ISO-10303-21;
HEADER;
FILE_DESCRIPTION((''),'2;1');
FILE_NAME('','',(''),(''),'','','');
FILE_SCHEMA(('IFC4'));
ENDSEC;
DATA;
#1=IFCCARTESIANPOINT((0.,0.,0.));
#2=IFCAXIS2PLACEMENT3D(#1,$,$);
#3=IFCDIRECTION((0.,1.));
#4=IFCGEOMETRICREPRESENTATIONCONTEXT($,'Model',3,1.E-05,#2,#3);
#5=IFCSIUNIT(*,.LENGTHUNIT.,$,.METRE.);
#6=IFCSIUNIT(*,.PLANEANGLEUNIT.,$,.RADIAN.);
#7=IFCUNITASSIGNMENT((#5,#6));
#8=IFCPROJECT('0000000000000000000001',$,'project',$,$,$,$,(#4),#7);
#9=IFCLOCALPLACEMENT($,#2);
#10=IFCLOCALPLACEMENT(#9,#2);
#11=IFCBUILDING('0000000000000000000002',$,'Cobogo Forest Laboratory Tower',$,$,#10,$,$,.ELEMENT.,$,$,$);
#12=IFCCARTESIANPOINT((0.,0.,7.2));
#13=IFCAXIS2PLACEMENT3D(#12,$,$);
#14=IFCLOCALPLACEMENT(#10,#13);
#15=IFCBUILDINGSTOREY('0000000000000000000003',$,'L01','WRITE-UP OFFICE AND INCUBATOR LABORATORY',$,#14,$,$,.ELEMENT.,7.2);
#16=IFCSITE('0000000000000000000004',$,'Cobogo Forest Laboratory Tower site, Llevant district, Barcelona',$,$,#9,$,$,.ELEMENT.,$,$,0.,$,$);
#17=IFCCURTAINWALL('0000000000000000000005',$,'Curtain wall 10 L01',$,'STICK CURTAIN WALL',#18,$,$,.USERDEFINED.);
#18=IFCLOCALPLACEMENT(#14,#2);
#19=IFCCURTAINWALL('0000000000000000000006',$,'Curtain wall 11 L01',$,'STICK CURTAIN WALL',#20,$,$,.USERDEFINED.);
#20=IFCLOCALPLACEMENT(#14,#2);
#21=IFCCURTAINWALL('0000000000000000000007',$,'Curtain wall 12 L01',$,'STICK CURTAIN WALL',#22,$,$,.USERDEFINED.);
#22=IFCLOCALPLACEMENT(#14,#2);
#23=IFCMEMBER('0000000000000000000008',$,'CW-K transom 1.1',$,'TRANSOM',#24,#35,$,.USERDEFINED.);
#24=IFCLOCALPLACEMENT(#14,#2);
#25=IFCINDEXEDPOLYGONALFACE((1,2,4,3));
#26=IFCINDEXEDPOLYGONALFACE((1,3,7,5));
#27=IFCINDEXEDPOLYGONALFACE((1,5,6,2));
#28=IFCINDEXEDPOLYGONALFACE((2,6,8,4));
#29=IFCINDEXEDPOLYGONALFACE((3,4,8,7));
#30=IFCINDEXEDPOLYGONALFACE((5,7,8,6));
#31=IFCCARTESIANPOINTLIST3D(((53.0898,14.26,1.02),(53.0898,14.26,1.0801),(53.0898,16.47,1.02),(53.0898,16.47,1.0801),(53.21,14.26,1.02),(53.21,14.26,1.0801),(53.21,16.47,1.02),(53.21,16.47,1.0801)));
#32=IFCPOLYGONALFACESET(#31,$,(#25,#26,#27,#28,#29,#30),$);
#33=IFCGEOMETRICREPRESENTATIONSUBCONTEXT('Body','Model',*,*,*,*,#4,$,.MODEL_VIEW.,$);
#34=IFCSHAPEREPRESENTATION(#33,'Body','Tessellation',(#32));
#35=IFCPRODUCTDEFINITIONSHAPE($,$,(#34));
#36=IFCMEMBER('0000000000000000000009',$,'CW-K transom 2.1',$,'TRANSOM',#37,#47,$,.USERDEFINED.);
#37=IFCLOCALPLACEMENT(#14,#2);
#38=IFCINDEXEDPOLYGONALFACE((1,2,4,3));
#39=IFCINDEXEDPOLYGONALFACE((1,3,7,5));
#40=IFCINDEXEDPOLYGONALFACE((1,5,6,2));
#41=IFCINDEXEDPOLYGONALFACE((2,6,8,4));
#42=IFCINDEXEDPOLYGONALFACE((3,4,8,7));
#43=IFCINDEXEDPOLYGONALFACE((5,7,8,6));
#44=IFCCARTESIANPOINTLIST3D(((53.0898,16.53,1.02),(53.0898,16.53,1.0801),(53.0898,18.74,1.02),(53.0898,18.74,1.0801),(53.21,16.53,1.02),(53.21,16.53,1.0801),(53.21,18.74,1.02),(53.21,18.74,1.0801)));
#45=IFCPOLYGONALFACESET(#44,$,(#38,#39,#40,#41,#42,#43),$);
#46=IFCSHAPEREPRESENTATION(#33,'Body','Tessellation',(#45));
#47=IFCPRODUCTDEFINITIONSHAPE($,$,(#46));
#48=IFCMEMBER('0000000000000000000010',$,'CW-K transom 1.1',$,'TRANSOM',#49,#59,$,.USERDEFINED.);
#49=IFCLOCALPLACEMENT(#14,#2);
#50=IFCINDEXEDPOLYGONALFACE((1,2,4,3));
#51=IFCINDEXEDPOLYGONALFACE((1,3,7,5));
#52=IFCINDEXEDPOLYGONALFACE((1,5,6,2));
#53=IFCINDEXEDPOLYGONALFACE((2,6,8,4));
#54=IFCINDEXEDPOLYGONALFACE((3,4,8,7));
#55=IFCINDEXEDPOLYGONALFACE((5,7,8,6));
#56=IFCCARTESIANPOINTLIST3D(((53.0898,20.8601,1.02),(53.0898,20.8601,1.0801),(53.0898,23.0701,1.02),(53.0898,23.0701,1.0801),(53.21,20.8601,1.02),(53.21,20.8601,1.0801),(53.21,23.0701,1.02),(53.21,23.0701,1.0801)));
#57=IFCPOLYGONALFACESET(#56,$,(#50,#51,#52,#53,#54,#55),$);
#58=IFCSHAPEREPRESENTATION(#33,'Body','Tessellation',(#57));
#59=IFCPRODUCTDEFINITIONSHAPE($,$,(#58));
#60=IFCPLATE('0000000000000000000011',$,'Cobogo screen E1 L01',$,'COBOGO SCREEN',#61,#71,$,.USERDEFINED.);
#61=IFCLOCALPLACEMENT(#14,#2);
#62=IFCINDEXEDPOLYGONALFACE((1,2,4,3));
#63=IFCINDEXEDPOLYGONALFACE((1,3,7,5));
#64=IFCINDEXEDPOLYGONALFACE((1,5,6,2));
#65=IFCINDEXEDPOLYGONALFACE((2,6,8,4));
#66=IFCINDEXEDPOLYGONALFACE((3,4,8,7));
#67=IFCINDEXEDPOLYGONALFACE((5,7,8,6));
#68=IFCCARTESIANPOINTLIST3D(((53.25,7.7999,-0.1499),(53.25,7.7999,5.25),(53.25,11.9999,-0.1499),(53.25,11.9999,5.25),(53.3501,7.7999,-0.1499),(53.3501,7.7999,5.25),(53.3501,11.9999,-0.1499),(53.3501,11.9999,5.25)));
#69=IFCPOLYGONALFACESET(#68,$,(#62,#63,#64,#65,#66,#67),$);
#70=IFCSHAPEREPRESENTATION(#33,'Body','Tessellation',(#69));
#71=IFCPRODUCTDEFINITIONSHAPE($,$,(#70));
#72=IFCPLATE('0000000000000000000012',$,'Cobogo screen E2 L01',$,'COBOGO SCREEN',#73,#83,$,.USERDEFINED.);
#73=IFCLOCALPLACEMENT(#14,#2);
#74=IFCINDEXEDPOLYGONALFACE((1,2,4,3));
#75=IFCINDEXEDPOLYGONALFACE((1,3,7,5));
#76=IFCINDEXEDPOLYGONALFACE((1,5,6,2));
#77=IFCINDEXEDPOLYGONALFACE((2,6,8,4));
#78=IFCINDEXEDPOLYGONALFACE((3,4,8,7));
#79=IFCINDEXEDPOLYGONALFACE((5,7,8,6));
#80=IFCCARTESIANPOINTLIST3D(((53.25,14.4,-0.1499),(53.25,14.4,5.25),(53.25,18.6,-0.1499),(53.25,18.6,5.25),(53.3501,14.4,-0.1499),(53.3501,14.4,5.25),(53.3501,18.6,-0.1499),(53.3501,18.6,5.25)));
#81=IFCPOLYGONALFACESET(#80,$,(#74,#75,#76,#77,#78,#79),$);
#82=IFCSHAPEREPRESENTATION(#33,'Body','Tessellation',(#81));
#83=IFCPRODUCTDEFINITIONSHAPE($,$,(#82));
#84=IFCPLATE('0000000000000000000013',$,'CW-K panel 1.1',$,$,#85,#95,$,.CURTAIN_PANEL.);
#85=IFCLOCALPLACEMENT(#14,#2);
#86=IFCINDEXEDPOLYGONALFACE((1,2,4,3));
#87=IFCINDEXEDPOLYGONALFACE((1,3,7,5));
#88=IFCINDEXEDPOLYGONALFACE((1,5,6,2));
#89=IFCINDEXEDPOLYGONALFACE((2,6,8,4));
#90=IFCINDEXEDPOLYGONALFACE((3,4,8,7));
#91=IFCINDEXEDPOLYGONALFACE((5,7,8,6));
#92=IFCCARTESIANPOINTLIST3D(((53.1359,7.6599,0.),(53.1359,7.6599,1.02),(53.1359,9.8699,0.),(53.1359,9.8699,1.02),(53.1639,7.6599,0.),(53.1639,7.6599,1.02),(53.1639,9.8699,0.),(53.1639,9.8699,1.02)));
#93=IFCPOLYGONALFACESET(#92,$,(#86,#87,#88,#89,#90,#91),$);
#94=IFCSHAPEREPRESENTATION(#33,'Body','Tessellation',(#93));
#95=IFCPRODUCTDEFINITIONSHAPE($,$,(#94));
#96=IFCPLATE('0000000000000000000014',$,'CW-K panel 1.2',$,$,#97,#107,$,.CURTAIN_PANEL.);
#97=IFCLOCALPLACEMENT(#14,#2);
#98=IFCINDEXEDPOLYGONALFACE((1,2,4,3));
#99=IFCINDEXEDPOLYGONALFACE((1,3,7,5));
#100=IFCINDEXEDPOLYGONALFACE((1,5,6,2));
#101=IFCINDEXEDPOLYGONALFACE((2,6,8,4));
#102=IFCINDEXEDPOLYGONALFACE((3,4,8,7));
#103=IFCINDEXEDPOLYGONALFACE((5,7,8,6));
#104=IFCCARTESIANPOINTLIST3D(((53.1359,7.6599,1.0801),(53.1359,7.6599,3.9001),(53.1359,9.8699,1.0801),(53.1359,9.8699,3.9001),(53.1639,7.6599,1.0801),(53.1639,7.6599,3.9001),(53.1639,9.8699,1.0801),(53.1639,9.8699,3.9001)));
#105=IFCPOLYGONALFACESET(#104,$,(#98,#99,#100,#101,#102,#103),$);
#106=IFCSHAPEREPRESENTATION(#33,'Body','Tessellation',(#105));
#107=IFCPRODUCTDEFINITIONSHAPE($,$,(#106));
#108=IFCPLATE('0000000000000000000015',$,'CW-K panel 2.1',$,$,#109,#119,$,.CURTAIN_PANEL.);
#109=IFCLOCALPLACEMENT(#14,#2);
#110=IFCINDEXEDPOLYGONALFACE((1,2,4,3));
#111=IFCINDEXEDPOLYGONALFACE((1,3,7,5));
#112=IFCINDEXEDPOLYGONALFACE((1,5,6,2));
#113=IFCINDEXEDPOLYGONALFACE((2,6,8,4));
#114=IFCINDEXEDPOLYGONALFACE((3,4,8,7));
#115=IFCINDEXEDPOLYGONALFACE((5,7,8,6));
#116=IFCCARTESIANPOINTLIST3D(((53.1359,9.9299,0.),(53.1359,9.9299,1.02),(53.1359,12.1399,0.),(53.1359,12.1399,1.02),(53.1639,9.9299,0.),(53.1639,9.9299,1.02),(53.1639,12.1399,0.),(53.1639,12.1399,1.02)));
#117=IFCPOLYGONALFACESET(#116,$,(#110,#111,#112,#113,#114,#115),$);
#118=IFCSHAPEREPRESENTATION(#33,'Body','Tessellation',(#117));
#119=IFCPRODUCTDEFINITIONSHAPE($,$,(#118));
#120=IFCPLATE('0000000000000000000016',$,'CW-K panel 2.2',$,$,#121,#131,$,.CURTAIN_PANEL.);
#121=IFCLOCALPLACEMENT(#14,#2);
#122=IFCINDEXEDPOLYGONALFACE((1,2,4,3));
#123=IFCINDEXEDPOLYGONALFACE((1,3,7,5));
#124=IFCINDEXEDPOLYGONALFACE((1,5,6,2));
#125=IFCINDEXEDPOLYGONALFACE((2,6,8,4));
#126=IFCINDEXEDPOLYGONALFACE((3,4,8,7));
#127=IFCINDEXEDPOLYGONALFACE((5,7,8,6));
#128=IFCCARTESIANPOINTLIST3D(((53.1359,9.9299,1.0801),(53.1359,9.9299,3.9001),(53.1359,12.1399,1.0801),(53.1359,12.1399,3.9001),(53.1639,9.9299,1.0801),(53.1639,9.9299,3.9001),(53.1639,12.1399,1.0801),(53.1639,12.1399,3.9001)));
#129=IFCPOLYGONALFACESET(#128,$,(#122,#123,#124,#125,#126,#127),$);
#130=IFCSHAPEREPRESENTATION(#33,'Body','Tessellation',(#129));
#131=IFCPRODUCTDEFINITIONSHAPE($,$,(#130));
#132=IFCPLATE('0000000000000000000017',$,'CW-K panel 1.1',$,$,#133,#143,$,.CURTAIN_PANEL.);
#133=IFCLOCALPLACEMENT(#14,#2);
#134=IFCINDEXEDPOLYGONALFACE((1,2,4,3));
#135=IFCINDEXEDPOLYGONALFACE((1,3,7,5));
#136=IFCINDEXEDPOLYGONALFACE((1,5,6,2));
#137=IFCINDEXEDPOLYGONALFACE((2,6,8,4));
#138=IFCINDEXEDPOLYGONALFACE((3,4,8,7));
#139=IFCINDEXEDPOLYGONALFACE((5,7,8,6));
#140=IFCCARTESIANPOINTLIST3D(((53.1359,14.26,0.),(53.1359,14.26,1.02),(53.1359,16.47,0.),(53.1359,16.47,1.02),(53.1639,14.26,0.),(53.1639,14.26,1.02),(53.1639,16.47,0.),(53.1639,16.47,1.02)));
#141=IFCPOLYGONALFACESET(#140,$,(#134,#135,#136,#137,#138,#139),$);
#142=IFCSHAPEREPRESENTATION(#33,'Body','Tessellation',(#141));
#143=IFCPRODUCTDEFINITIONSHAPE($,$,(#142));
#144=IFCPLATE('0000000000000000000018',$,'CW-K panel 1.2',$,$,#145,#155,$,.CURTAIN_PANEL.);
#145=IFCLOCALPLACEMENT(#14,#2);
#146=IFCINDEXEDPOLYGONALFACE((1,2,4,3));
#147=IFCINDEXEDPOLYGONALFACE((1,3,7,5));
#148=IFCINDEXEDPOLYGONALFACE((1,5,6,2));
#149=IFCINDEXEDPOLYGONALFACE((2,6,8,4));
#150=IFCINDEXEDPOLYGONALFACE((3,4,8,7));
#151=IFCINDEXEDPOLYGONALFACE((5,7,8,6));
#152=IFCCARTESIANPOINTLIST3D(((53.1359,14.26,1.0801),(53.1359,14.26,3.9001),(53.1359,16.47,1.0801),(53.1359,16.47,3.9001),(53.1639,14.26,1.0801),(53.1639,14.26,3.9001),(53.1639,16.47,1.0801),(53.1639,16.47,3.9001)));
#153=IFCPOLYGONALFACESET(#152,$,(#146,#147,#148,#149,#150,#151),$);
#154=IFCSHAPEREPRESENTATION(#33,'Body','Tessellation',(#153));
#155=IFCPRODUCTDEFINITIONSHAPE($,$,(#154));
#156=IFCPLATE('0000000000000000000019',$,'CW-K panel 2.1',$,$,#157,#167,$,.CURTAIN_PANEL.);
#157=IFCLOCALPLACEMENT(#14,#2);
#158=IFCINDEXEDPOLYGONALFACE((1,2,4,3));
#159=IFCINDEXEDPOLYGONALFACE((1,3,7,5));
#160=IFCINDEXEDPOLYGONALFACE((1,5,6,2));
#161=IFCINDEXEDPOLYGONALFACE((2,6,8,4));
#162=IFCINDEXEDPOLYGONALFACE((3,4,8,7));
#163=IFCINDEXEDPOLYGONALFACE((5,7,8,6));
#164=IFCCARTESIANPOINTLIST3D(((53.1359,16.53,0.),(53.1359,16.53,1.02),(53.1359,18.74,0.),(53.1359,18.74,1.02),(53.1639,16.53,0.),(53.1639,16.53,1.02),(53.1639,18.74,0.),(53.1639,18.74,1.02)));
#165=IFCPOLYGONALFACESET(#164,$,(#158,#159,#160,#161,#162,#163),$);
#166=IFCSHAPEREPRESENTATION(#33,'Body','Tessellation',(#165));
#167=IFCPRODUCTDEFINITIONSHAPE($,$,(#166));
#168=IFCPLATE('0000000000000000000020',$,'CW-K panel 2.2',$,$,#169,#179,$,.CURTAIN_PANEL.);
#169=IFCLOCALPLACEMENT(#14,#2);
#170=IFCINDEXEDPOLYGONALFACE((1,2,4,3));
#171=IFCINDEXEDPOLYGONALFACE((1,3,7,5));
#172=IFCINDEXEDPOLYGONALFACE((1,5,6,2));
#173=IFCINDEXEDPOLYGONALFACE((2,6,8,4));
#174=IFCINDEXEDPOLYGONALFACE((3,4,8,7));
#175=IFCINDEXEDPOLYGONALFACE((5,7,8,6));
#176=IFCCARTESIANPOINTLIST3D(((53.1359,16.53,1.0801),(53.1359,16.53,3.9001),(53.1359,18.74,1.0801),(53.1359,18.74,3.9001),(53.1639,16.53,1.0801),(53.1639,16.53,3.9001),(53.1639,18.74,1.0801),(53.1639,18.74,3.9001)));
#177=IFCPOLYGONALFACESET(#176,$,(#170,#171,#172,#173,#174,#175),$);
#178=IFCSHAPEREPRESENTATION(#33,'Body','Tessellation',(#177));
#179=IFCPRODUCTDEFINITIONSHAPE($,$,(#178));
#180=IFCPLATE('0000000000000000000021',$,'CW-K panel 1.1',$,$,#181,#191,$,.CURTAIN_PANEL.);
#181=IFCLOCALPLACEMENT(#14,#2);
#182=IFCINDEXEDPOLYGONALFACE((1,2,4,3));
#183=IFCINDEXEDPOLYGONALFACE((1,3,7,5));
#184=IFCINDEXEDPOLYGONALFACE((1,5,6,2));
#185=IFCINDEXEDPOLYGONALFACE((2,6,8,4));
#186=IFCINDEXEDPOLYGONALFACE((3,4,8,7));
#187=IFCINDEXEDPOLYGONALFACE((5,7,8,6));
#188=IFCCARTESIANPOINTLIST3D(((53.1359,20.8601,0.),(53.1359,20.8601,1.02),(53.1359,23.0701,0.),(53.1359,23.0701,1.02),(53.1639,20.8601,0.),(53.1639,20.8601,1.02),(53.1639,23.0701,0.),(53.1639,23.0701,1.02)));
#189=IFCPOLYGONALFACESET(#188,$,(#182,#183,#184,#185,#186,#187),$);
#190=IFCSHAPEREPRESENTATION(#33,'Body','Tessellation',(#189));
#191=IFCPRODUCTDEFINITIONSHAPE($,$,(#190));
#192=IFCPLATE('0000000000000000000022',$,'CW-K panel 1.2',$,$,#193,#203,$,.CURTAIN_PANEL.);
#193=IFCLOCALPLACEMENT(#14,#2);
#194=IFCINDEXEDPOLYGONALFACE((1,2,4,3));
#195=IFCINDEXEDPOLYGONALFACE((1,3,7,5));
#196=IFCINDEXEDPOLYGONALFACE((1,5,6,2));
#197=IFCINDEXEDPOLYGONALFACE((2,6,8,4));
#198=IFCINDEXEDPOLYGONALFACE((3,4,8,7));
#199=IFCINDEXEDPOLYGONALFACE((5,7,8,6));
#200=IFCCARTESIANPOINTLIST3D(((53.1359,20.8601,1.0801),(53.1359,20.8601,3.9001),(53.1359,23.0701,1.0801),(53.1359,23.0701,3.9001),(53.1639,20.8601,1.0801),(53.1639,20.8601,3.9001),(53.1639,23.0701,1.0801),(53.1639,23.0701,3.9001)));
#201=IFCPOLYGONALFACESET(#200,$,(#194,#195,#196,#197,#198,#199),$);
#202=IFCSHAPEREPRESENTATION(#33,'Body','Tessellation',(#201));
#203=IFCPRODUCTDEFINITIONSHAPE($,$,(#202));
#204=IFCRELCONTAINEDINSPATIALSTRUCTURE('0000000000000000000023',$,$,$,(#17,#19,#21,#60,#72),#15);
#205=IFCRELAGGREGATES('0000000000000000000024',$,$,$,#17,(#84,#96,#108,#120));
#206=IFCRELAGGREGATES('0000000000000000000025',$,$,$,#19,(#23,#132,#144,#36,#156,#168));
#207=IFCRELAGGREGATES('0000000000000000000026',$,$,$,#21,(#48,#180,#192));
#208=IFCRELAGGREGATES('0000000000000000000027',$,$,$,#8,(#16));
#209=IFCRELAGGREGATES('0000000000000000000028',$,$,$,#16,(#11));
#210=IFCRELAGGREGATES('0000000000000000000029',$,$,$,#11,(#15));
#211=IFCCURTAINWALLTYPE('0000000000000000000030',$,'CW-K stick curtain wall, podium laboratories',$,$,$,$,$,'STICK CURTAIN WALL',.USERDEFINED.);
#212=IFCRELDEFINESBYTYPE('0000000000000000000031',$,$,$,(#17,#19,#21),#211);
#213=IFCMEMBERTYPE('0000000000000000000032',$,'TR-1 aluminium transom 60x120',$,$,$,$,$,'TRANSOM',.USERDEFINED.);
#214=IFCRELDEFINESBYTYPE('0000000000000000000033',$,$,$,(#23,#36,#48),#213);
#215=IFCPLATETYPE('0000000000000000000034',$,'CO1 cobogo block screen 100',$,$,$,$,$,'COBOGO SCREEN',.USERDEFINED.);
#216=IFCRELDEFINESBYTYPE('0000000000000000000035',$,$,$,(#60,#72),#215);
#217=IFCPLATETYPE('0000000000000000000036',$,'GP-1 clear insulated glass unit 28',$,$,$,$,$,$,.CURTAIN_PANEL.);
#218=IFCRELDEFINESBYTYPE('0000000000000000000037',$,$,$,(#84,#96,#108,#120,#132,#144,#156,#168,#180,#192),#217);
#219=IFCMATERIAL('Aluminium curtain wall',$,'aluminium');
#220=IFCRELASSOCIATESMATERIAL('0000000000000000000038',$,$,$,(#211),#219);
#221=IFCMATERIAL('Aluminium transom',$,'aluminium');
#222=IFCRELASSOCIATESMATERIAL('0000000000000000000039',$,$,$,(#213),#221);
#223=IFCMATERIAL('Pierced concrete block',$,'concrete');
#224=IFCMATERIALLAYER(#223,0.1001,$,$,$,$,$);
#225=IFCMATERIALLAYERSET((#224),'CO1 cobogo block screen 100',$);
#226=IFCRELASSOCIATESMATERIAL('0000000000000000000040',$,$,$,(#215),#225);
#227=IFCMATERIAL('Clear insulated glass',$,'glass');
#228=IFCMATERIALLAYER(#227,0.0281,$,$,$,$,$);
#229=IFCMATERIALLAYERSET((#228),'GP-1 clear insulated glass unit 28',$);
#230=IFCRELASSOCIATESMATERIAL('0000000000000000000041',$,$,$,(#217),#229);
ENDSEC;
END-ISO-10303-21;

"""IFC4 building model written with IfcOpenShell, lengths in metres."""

from ifc_helpers import new_model, si_unit, direction, frame, origin, origin_2d, place, context, subcontext, project, spatial, rectangle, extrude, material, layer, layer_set, material_profile, profile_set, type_object, element, aggregate, save


model = new_model("IFC4")

# Units and contexts
model_context = context("Model", 3, precision=1e-05, world=origin(), true_north=direction((0.0, 1.0)))
body_context = subcontext(model_context, "Body", "Model", "MODEL_VIEW")
ifc_project = project(units=[si_unit("LENGTHUNIT", "METRE"), si_unit("PLANEANGLEUNIT", "RADIAN")], contexts=[model_context])

# Site, building, storey
site_placement = place(None, origin())
site = spatial("IfcSite", under=ifc_project, at=site_placement, Name="Cobogo Forest Laboratory Tower site, Llevant district, Barcelona", CompositionType="ELEMENT", RefElevation=0.0)
building_placement = place(site_placement, origin())
building = spatial("IfcBuilding", under=site, at=building_placement, Name="Cobogo Forest Laboratory Tower", CompositionType="ELEMENT")
storey_placement = place(building_placement, frame((0.0, 0.0, 7.2)))
storey = spatial("IfcBuildingStorey", under=building, at=storey_placement, Name="L01", Description="WRITE-UP OFFICE AND INCUBATOR LABORATORY", CompositionType="ELEMENT", Elevation=7.2)

# Curtain walls
ifc_material_1 = material(Name="Aluminium curtain wall", Category="aluminium")
curtain_wall_type = type_object("IfcCurtainWallType", Name="CW-K stick curtain wall, podium laboratories", ElementType="STICK CURTAIN WALL", PredefinedType="USERDEFINED", material=ifc_material_1)
curtain_wall_1_placement = place(storey_placement, origin())
curtain_wall_1 = element("IfcCurtainWall", 1, at=curtain_wall_1_placement, inside=storey, type_object=curtain_wall_type, Name="Curtain wall 10 L01", ObjectType="STICK CURTAIN WALL", PredefinedType="USERDEFINED")
curtain_wall_2_placement = place(storey_placement, origin())
curtain_wall_2 = element("IfcCurtainWall", 2, at=curtain_wall_2_placement, inside=storey, type_object=curtain_wall_type, Name="Curtain wall 11 L01", ObjectType="STICK CURTAIN WALL", PredefinedType="USERDEFINED")

# Curtain wall
curtain_wall_3_placement = place(storey_placement, origin())
curtain_wall_3 = element("IfcCurtainWall", 3, at=curtain_wall_3_placement, inside=storey, type_object=curtain_wall_type, Name="Curtain wall 12 L01", ObjectType="STICK CURTAIN WALL", PredefinedType="USERDEFINED")

# Members
ifc_material_2 = material(Name="Aluminium transom", Category="aluminium")
ifc_material_profile_1 = material_profile(ifc_material_2, rectangle(XDim=0.1201, YDim=0.0601, at=origin_2d()), Name="AL 60x120")
ifc_profile_set_1 = profile_set([ifc_material_profile_1], Name="Aluminium transom")
member_type_1 = type_object("IfcMemberType", Name="TR-1 aluminium transom 60x120", ElementType="TRANSOM", PredefinedType="USERDEFINED", material=ifc_profile_set_1)
member_1_placement = place(storey_placement, frame((53.1499, 14.26, 1.05), z_axis=(0.0, 1.0, 0.0), x_axis=(-1.0, 0.0, 0.0)))
member_1 = element("IfcMember", 4, at=member_1_placement, type_object=member_type_1, Name="CW-K transom 1.1", ObjectType="TRANSOM", PredefinedType="USERDEFINED", context=body_context, shape_type="SweptSolid", body=[
    extrude(rectangle(XDim=0.1201, YDim=0.0601, at=origin_2d()), origin(), (0.0, 0.0, 1.0), 2.21),
])
member_2_placement = place(storey_placement, frame((53.1499, 16.53, 1.05), z_axis=(0.0, 1.0, 0.0), x_axis=(-1.0, 0.0, 0.0)))
member_2 = element("IfcMember", 5, at=member_2_placement, type_object=member_type_1, Name="CW-K transom 2.1", ObjectType="TRANSOM", PredefinedType="USERDEFINED", context=body_context, shape_type="SweptSolid", body=[
    extrude(rectangle(XDim=0.1201, YDim=0.0601, at=origin_2d()), origin(), (0.0, 0.0, 1.0), 2.21),
])
member_3_placement = place(storey_placement, frame((53.1499, 20.8601, 1.05), z_axis=(0.0, 1.0, 0.0), x_axis=(-1.0, 0.0, 0.0)))
member_3 = element("IfcMember", 6, at=member_3_placement, type_object=member_type_1, Name="CW-K transom 1.1", ObjectType="TRANSOM", PredefinedType="USERDEFINED", context=body_context, shape_type="SweptSolid", body=[
    extrude(rectangle(XDim=0.1201, YDim=0.0601, at=origin_2d()), origin(), (0.0, 0.0, 1.0), 2.21),
])

# Plates
ifc_material_3 = material(Name="Pierced concrete block", Category="concrete")
ifc_layer_1 = layer(ifc_material_3, 0.1001)
ifc_layer_set_1 = layer_set([ifc_layer_1], Name="CO1 cobogo block screen 100")
plate_type_1 = type_object("IfcPlateType", Name="CO1 cobogo block screen 100", ElementType="COBOGO SCREEN", PredefinedType="USERDEFINED", material=ifc_layer_set_1)
for number, where, z_axis, x_axis, name in (
    (7, (53.3, 9.8999, -0.1499), (0.0, 0.0, 1.0), (0.0, 1.0, 0.0), "Cobogo screen E1 L01"),
    (8, (53.3, 16.5, -0.1499), (0.0, 0.0, 1.0), (0.0, 1.0, 0.0), "Cobogo screen E2 L01"),
):
    element("IfcPlate", number, at=place(storey_placement, frame(where, z_axis=z_axis, x_axis=x_axis)), inside=storey, type_object=plate_type_1, Name=name, ObjectType="COBOGO SCREEN", PredefinedType="USERDEFINED", context=body_context, shape_type="SweptSolid", body=[
        extrude(rectangle(XDim=4.2, YDim=0.1001, at=origin_2d()), origin(), (0.0, 0.0, 1.0), 5.3999),
    ])

# Plates
ifc_material_4 = material(Name="Clear insulated glass", Category="glass")
ifc_layer_2 = layer(ifc_material_4, 0.0281)
ifc_layer_set_2 = layer_set([ifc_layer_2], Name="GP-1 clear insulated glass unit 28")
plate_type_2 = type_object("IfcPlateType", Name="GP-1 clear insulated glass unit 28", PredefinedType="CURTAIN_PANEL", material=ifc_layer_set_2)
plate_1_placement = place(storey_placement, frame((53.1499, 8.7649, 0.0), z_axis=(0.0, 0.0, 1.0), x_axis=(0.0, 1.0, 0.0)))
plate_1 = element("IfcPlate", 9, at=plate_1_placement, type_object=plate_type_2, Name="CW-K panel 1.1", PredefinedType="CURTAIN_PANEL", context=body_context, shape_type="SweptSolid", body=[
    extrude(rectangle(XDim=2.21, YDim=0.0281, at=origin_2d()), origin(), (0.0, 0.0, 1.0), 1.02),
])
plate_2_placement = place(storey_placement, frame((53.1499, 8.7649, 1.0801), z_axis=(0.0, 0.0, 1.0), x_axis=(0.0, 1.0, 0.0)))
plate_2 = element("IfcPlate", 10, at=plate_2_placement, type_object=plate_type_2, Name="CW-K panel 1.2", PredefinedType="CURTAIN_PANEL", context=body_context, shape_type="SweptSolid", body=[
    extrude(rectangle(XDim=2.21, YDim=0.0281, at=origin_2d()), origin(), (0.0, 0.0, 1.0), 2.8201),
])
plate_3_placement = place(storey_placement, frame((53.1499, 11.0349, 0.0), z_axis=(0.0, 0.0, 1.0), x_axis=(0.0, 1.0, 0.0)))
plate_3 = element("IfcPlate", 11, at=plate_3_placement, type_object=plate_type_2, Name="CW-K panel 2.1", PredefinedType="CURTAIN_PANEL", context=body_context, shape_type="SweptSolid", body=[
    extrude(rectangle(XDim=2.21, YDim=0.0281, at=origin_2d()), origin(), (0.0, 0.0, 1.0), 1.02),
])
plate_4_placement = place(storey_placement, frame((53.1499, 11.0349, 1.0801), z_axis=(0.0, 0.0, 1.0), x_axis=(0.0, 1.0, 0.0)))
plate_4 = element("IfcPlate", 12, at=plate_4_placement, type_object=plate_type_2, Name="CW-K panel 2.2", PredefinedType="CURTAIN_PANEL", context=body_context, shape_type="SweptSolid", body=[
    extrude(rectangle(XDim=2.21, YDim=0.0281, at=origin_2d()), origin(), (0.0, 0.0, 1.0), 2.8201),
])
aggregate(curtain_wall_1, [plate_1, plate_2, plate_3, plate_4])
plate_5_placement = place(storey_placement, frame((53.1499, 15.365, 0.0), z_axis=(0.0, 0.0, 1.0), x_axis=(0.0, 1.0, 0.0)))
plate_5 = element("IfcPlate", 13, at=plate_5_placement, type_object=plate_type_2, Name="CW-K panel 1.1", PredefinedType="CURTAIN_PANEL", context=body_context, shape_type="SweptSolid", body=[
    extrude(rectangle(XDim=2.21, YDim=0.0281, at=origin_2d()), origin(), (0.0, 0.0, 1.0), 1.02),
])
plate_6_placement = place(storey_placement, frame((53.1499, 15.365, 1.0801), z_axis=(0.0, 0.0, 1.0), x_axis=(0.0, 1.0, 0.0)))
plate_6 = element("IfcPlate", 14, at=plate_6_placement, type_object=plate_type_2, Name="CW-K panel 1.2", PredefinedType="CURTAIN_PANEL", context=body_context, shape_type="SweptSolid", body=[
    extrude(rectangle(XDim=2.21, YDim=0.0281, at=origin_2d()), origin(), (0.0, 0.0, 1.0), 2.8201),
])
plate_7_placement = place(storey_placement, frame((53.1499, 17.635, 0.0), z_axis=(0.0, 0.0, 1.0), x_axis=(0.0, 1.0, 0.0)))
plate_7 = element("IfcPlate", 15, at=plate_7_placement, type_object=plate_type_2, Name="CW-K panel 2.1", PredefinedType="CURTAIN_PANEL", context=body_context, shape_type="SweptSolid", body=[
    extrude(rectangle(XDim=2.21, YDim=0.0281, at=origin_2d()), origin(), (0.0, 0.0, 1.0), 1.02),
])
plate_8_placement = place(storey_placement, frame((53.1499, 17.635, 1.0801), z_axis=(0.0, 0.0, 1.0), x_axis=(0.0, 1.0, 0.0)))
plate_8 = element("IfcPlate", 16, at=plate_8_placement, type_object=plate_type_2, Name="CW-K panel 2.2", PredefinedType="CURTAIN_PANEL", context=body_context, shape_type="SweptSolid", body=[
    extrude(rectangle(XDim=2.21, YDim=0.0281, at=origin_2d()), origin(), (0.0, 0.0, 1.0), 2.8201),
])
aggregate(curtain_wall_2, [member_1, plate_5, plate_6, member_2, plate_7, plate_8])
plate_9_placement = place(storey_placement, frame((53.1499, 21.9651, 0.0), z_axis=(0.0, 0.0, 1.0), x_axis=(0.0, 1.0, 0.0)))
plate_9 = element("IfcPlate", 17, at=plate_9_placement, type_object=plate_type_2, Name="CW-K panel 1.1", PredefinedType="CURTAIN_PANEL", context=body_context, shape_type="SweptSolid", body=[
    extrude(rectangle(XDim=2.21, YDim=0.0281, at=origin_2d()), origin(), (0.0, 0.0, 1.0), 1.02),
])
plate_10_placement = place(storey_placement, frame((53.1499, 21.9651, 1.0801), z_axis=(0.0, 0.0, 1.0), x_axis=(0.0, 1.0, 0.0)))
plate_10 = element("IfcPlate", 18, at=plate_10_placement, type_object=plate_type_2, Name="CW-K panel 1.2", PredefinedType="CURTAIN_PANEL", context=body_context, shape_type="SweptSolid", body=[
    extrude(rectangle(XDim=2.21, YDim=0.0281, at=origin_2d()), origin(), (0.0, 0.0, 1.0), 2.8201),
])
aggregate(curtain_wall_3, [member_3, plate_9, plate_10])

save(model, "model.ifc")
